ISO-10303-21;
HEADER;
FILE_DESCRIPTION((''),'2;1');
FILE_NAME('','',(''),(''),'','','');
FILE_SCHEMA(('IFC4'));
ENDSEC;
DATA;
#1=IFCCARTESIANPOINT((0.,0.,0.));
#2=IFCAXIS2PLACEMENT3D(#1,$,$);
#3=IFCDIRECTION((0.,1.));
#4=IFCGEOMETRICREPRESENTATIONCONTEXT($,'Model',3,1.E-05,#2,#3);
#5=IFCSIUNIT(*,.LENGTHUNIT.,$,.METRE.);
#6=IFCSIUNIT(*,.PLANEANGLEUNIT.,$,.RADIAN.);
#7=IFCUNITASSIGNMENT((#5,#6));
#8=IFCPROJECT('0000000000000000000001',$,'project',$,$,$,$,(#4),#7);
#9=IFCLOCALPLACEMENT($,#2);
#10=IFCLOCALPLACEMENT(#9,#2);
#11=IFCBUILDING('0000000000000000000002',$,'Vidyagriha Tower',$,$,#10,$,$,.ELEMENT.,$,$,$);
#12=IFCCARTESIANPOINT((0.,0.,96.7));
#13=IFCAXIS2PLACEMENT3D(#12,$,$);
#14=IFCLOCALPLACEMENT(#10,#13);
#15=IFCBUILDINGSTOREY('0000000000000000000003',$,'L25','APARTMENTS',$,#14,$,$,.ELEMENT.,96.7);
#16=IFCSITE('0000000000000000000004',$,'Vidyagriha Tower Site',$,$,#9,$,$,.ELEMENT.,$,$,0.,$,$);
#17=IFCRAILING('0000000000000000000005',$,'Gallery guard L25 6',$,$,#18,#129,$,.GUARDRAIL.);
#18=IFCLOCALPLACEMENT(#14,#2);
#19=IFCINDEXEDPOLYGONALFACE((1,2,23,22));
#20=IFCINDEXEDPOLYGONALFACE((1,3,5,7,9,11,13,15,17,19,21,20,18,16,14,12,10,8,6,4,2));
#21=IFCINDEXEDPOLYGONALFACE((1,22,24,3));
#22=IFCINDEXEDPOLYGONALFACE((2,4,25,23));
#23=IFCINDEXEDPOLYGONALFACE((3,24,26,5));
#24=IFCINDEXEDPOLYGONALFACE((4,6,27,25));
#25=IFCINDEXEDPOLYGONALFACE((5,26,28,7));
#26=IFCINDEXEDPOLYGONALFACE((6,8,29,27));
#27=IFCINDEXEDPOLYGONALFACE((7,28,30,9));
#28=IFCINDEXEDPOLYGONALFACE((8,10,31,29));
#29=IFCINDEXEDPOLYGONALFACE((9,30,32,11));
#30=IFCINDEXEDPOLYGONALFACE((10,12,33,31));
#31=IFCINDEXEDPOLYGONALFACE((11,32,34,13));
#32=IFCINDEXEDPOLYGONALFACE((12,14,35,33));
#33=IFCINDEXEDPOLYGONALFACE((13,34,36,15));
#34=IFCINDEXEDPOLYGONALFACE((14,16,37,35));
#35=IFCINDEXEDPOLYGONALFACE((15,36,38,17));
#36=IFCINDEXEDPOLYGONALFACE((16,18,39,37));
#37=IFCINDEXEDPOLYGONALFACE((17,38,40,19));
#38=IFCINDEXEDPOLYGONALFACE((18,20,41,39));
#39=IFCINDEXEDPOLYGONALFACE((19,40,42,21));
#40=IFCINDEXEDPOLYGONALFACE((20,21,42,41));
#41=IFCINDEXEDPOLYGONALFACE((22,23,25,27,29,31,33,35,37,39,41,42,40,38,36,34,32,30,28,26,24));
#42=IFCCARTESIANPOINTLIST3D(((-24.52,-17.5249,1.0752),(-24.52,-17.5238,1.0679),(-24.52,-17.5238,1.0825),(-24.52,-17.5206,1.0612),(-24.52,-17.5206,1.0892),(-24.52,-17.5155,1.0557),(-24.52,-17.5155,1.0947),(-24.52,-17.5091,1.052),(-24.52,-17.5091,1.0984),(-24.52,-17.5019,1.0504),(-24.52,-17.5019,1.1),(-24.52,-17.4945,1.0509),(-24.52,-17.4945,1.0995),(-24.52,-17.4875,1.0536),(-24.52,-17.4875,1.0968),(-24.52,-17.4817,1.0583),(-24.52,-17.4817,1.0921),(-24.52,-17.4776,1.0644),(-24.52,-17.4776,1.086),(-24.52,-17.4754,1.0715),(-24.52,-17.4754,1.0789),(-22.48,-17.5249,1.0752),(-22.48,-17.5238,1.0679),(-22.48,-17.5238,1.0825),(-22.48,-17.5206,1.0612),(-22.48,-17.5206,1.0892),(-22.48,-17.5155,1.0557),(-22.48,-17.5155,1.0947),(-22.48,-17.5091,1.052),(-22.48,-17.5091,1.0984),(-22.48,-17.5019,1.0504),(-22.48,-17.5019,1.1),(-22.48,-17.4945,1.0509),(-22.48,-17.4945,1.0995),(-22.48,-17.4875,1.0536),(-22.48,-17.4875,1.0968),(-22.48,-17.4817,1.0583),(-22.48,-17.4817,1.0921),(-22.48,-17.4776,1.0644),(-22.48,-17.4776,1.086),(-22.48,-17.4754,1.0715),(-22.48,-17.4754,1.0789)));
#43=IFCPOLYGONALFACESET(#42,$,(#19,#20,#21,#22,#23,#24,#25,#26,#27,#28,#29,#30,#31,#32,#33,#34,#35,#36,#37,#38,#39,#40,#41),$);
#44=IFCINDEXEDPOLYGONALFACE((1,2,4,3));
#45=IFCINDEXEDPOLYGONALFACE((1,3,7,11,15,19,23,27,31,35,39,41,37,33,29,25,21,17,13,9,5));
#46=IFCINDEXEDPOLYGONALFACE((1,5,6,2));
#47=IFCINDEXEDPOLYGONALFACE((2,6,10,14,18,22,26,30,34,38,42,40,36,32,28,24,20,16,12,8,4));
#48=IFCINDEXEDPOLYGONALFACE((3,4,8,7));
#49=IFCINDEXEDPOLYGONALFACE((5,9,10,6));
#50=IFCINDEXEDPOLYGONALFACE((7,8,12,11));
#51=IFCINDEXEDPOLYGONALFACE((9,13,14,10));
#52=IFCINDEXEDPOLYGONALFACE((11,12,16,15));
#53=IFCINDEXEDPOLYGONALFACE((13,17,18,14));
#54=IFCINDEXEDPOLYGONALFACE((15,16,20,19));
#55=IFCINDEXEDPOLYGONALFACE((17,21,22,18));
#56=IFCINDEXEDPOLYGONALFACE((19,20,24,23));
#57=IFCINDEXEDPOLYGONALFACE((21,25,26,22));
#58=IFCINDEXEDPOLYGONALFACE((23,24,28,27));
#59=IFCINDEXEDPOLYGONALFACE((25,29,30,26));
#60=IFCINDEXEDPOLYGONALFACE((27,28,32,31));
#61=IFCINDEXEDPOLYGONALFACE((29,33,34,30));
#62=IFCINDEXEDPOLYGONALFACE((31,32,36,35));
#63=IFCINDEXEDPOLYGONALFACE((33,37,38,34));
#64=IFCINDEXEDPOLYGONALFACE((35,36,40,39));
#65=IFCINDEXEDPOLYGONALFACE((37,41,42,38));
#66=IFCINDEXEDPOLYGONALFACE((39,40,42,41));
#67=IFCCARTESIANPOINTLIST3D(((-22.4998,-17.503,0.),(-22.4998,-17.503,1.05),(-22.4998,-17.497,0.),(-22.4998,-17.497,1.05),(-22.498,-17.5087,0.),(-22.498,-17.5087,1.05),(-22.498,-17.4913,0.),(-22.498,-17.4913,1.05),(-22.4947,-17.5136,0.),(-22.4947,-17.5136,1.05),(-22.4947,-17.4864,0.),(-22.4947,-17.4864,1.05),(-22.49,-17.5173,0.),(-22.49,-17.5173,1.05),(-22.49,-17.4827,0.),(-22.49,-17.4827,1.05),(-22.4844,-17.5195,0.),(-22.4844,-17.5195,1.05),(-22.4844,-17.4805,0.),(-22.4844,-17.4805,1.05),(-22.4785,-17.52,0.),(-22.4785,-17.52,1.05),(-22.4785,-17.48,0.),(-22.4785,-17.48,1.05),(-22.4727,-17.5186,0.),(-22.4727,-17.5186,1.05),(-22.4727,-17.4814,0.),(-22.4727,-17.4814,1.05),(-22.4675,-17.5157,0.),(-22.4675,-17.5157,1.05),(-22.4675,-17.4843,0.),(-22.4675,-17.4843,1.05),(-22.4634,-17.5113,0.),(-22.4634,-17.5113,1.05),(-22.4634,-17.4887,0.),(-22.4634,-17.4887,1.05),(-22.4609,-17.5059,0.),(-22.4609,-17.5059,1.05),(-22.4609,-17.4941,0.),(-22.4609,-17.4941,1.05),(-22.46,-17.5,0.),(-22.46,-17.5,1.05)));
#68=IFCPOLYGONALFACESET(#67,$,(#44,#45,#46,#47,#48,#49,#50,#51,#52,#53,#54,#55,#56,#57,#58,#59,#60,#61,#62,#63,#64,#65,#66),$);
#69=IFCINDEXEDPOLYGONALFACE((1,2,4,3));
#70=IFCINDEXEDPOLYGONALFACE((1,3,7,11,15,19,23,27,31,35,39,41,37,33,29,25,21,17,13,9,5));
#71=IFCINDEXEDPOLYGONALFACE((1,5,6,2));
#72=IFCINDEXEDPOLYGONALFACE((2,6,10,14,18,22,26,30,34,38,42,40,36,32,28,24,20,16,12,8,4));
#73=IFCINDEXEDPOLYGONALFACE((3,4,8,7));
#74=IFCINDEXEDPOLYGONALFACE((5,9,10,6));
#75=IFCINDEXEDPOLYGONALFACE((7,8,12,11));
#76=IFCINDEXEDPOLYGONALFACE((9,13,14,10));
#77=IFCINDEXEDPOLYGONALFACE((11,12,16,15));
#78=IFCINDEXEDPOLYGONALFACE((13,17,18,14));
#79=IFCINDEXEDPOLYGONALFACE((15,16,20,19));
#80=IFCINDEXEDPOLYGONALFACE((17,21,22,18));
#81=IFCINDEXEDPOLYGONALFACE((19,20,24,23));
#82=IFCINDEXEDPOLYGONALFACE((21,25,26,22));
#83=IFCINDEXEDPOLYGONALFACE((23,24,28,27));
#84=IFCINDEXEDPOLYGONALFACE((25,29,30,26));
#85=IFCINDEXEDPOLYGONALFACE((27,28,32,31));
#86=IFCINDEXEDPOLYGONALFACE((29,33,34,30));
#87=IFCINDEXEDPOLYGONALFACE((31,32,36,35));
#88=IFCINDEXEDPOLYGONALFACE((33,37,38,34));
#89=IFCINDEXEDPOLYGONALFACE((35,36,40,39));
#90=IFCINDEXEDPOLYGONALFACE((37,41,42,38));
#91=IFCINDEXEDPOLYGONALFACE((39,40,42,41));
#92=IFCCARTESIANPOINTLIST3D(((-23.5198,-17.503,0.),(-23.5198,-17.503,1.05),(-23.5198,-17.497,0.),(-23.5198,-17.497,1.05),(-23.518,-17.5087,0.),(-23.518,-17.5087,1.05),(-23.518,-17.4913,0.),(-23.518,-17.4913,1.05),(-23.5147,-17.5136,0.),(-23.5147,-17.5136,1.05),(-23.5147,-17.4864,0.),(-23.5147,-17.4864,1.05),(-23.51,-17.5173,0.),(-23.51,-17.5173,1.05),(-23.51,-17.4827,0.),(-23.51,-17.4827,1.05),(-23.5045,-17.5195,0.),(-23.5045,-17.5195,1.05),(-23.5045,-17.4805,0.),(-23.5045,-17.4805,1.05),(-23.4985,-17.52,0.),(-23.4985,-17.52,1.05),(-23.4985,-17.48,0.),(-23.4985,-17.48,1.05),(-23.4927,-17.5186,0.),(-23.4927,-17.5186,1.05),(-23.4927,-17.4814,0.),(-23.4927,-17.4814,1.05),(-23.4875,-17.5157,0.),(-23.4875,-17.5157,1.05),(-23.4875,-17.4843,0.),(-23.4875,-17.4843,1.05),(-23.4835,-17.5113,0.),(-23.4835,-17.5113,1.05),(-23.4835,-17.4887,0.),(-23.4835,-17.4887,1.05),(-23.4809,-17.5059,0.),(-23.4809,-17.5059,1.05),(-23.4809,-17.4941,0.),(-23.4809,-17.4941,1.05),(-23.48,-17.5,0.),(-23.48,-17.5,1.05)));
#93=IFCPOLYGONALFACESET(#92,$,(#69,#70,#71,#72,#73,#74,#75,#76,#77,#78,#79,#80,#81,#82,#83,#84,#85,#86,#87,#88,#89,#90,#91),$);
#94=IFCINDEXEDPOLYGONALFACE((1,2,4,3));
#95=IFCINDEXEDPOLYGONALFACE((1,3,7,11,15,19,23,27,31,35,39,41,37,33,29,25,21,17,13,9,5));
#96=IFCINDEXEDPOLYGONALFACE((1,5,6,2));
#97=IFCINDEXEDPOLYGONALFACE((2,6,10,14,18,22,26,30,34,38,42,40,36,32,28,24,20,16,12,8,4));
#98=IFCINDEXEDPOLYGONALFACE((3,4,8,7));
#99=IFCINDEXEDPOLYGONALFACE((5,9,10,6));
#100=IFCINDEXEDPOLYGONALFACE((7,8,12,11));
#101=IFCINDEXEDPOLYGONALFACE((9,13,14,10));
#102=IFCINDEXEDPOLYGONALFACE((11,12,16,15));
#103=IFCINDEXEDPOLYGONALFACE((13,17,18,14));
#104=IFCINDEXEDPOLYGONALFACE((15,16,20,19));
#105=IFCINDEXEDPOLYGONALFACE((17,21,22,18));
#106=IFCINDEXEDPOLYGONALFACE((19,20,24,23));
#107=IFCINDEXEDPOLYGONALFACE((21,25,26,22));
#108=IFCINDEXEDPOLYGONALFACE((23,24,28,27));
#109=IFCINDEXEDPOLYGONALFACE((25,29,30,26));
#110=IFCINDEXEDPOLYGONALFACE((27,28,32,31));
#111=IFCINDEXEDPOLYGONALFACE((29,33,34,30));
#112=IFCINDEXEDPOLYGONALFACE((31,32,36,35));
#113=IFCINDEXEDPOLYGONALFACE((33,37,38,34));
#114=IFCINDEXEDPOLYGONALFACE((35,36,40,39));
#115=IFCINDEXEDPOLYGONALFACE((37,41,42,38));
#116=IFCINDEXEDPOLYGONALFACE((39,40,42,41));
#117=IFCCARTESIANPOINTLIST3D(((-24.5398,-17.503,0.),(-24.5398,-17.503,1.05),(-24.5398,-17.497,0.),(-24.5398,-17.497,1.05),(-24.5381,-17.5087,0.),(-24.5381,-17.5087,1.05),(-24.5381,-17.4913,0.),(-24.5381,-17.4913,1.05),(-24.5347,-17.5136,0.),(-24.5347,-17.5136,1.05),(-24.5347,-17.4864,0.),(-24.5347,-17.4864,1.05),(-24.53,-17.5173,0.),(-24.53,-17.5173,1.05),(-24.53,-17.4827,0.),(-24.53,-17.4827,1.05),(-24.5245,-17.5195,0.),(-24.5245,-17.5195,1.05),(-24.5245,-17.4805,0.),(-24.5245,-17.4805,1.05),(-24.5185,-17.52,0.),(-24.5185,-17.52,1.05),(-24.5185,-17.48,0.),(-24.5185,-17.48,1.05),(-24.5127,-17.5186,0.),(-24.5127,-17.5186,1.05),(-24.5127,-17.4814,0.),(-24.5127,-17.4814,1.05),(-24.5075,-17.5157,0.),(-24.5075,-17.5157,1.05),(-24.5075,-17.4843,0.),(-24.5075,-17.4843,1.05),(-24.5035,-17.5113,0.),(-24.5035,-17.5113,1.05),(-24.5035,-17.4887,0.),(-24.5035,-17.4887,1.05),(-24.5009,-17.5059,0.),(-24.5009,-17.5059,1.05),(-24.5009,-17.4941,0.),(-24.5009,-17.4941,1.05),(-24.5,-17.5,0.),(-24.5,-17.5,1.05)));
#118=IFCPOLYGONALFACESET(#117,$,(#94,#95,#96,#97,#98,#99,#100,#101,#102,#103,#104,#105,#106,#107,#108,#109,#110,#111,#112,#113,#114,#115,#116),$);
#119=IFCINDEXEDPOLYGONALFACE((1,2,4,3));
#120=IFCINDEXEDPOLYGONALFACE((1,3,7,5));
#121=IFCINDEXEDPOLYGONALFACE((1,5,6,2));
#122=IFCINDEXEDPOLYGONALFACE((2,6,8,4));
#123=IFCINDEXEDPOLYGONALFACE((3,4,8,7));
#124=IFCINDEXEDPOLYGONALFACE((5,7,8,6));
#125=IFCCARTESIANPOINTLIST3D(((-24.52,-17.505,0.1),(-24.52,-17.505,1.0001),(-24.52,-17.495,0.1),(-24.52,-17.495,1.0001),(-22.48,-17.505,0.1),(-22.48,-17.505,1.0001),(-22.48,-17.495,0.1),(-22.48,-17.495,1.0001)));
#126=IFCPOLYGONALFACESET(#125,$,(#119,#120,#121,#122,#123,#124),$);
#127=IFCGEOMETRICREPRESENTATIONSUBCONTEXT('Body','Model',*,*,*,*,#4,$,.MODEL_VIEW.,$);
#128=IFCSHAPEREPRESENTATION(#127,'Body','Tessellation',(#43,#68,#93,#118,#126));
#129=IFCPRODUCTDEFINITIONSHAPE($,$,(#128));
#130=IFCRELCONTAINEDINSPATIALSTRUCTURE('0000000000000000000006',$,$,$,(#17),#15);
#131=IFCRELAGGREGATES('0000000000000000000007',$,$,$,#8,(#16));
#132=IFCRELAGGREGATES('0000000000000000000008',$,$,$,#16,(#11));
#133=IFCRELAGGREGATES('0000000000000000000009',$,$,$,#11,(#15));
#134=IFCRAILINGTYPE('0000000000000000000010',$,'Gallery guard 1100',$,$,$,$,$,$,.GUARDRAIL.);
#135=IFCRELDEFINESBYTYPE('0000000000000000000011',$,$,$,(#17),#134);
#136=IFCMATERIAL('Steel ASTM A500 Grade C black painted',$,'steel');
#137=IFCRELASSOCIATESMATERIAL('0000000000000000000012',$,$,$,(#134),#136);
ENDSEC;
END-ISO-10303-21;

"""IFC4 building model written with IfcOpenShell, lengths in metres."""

from ifc_helpers import new_model, si_unit, direction, frame, origin, origin_2d, place, context, subcontext, project, spatial, rectangle, circle, extrude, material, type_object, element, save


model = new_model("IFC4")

# Units and contexts
model_context = context("Model", 3, precision=1e-05, world=origin(), true_north=direction((0.0, 1.0)))
body_context = subcontext(model_context, "Body", "Model", "MODEL_VIEW")
ifc_project = project(units=[si_unit("LENGTHUNIT", "METRE"), si_unit("PLANEANGLEUNIT", "RADIAN")], contexts=[model_context])

# Site, building, storey
site_placement = place(None, origin())
site = spatial("IfcSite", under=ifc_project, at=site_placement, Name="Vidyagriha Tower Site", CompositionType="ELEMENT", RefElevation=0.0)
building_placement = place(site_placement, origin())
building = spatial("IfcBuilding", under=site, at=building_placement, Name="Vidyagriha Tower", CompositionType="ELEMENT")
storey_placement = place(building_placement, frame((0.0, 0.0, 96.7)))
storey = spatial("IfcBuildingStorey", under=building, at=storey_placement, Name="L25", Description="APARTMENTS", CompositionType="ELEMENT", Elevation=96.7)

# Railing
ifc_material_1 = material(Name="Steel ASTM A500 Grade C black painted", Category="steel")
railing_type_1 = type_object("IfcRailingType", Name="Gallery guard 1100", PredefinedType="GUARDRAIL", material=ifc_material_1)
railing_1_placement = place(storey_placement, frame((-22.48, -17.5, 0.0)))
element("IfcRailing", 1, at=railing_1_placement, inside=storey, type_object=railing_type_1, Name="Gallery guard L25 6", PredefinedType="GUARDRAIL", context=body_context, shape_type="SweptSolid", body=[
    extrude(circle(Radius=0.0249, at=origin_2d()), frame((0.0, 0.0, 1.0752), z_axis=(-1.0, 0.0, 0.0), x_axis=(0.0, -1.0, 0.0)), (0.0, 0.0, 1.0), 2.04),
    extrude(circle(Radius=0.02, at=origin_2d()), origin(), (0.0, 0.0, 1.0), 1.05),
    extrude(circle(Radius=0.02, at=origin_2d()), frame((-1.02, 0.0, 0.0)), (0.0, 0.0, 1.0), 1.05),
    extrude(circle(Radius=0.02, at=origin_2d()), frame((-2.04, 0.0, 0.0)), (0.0, 0.0, 1.0), 1.05),
    extrude(rectangle(XDim=0.01, YDim=0.9001, at=origin_2d()), frame((0.0, 0.0, 0.55), z_axis=(-1.0, 0.0, 0.0), x_axis=(0.0, -1.0, 0.0)), (0.0, 0.0, 1.0), 2.04),
])

save(model, "model.ifc")
